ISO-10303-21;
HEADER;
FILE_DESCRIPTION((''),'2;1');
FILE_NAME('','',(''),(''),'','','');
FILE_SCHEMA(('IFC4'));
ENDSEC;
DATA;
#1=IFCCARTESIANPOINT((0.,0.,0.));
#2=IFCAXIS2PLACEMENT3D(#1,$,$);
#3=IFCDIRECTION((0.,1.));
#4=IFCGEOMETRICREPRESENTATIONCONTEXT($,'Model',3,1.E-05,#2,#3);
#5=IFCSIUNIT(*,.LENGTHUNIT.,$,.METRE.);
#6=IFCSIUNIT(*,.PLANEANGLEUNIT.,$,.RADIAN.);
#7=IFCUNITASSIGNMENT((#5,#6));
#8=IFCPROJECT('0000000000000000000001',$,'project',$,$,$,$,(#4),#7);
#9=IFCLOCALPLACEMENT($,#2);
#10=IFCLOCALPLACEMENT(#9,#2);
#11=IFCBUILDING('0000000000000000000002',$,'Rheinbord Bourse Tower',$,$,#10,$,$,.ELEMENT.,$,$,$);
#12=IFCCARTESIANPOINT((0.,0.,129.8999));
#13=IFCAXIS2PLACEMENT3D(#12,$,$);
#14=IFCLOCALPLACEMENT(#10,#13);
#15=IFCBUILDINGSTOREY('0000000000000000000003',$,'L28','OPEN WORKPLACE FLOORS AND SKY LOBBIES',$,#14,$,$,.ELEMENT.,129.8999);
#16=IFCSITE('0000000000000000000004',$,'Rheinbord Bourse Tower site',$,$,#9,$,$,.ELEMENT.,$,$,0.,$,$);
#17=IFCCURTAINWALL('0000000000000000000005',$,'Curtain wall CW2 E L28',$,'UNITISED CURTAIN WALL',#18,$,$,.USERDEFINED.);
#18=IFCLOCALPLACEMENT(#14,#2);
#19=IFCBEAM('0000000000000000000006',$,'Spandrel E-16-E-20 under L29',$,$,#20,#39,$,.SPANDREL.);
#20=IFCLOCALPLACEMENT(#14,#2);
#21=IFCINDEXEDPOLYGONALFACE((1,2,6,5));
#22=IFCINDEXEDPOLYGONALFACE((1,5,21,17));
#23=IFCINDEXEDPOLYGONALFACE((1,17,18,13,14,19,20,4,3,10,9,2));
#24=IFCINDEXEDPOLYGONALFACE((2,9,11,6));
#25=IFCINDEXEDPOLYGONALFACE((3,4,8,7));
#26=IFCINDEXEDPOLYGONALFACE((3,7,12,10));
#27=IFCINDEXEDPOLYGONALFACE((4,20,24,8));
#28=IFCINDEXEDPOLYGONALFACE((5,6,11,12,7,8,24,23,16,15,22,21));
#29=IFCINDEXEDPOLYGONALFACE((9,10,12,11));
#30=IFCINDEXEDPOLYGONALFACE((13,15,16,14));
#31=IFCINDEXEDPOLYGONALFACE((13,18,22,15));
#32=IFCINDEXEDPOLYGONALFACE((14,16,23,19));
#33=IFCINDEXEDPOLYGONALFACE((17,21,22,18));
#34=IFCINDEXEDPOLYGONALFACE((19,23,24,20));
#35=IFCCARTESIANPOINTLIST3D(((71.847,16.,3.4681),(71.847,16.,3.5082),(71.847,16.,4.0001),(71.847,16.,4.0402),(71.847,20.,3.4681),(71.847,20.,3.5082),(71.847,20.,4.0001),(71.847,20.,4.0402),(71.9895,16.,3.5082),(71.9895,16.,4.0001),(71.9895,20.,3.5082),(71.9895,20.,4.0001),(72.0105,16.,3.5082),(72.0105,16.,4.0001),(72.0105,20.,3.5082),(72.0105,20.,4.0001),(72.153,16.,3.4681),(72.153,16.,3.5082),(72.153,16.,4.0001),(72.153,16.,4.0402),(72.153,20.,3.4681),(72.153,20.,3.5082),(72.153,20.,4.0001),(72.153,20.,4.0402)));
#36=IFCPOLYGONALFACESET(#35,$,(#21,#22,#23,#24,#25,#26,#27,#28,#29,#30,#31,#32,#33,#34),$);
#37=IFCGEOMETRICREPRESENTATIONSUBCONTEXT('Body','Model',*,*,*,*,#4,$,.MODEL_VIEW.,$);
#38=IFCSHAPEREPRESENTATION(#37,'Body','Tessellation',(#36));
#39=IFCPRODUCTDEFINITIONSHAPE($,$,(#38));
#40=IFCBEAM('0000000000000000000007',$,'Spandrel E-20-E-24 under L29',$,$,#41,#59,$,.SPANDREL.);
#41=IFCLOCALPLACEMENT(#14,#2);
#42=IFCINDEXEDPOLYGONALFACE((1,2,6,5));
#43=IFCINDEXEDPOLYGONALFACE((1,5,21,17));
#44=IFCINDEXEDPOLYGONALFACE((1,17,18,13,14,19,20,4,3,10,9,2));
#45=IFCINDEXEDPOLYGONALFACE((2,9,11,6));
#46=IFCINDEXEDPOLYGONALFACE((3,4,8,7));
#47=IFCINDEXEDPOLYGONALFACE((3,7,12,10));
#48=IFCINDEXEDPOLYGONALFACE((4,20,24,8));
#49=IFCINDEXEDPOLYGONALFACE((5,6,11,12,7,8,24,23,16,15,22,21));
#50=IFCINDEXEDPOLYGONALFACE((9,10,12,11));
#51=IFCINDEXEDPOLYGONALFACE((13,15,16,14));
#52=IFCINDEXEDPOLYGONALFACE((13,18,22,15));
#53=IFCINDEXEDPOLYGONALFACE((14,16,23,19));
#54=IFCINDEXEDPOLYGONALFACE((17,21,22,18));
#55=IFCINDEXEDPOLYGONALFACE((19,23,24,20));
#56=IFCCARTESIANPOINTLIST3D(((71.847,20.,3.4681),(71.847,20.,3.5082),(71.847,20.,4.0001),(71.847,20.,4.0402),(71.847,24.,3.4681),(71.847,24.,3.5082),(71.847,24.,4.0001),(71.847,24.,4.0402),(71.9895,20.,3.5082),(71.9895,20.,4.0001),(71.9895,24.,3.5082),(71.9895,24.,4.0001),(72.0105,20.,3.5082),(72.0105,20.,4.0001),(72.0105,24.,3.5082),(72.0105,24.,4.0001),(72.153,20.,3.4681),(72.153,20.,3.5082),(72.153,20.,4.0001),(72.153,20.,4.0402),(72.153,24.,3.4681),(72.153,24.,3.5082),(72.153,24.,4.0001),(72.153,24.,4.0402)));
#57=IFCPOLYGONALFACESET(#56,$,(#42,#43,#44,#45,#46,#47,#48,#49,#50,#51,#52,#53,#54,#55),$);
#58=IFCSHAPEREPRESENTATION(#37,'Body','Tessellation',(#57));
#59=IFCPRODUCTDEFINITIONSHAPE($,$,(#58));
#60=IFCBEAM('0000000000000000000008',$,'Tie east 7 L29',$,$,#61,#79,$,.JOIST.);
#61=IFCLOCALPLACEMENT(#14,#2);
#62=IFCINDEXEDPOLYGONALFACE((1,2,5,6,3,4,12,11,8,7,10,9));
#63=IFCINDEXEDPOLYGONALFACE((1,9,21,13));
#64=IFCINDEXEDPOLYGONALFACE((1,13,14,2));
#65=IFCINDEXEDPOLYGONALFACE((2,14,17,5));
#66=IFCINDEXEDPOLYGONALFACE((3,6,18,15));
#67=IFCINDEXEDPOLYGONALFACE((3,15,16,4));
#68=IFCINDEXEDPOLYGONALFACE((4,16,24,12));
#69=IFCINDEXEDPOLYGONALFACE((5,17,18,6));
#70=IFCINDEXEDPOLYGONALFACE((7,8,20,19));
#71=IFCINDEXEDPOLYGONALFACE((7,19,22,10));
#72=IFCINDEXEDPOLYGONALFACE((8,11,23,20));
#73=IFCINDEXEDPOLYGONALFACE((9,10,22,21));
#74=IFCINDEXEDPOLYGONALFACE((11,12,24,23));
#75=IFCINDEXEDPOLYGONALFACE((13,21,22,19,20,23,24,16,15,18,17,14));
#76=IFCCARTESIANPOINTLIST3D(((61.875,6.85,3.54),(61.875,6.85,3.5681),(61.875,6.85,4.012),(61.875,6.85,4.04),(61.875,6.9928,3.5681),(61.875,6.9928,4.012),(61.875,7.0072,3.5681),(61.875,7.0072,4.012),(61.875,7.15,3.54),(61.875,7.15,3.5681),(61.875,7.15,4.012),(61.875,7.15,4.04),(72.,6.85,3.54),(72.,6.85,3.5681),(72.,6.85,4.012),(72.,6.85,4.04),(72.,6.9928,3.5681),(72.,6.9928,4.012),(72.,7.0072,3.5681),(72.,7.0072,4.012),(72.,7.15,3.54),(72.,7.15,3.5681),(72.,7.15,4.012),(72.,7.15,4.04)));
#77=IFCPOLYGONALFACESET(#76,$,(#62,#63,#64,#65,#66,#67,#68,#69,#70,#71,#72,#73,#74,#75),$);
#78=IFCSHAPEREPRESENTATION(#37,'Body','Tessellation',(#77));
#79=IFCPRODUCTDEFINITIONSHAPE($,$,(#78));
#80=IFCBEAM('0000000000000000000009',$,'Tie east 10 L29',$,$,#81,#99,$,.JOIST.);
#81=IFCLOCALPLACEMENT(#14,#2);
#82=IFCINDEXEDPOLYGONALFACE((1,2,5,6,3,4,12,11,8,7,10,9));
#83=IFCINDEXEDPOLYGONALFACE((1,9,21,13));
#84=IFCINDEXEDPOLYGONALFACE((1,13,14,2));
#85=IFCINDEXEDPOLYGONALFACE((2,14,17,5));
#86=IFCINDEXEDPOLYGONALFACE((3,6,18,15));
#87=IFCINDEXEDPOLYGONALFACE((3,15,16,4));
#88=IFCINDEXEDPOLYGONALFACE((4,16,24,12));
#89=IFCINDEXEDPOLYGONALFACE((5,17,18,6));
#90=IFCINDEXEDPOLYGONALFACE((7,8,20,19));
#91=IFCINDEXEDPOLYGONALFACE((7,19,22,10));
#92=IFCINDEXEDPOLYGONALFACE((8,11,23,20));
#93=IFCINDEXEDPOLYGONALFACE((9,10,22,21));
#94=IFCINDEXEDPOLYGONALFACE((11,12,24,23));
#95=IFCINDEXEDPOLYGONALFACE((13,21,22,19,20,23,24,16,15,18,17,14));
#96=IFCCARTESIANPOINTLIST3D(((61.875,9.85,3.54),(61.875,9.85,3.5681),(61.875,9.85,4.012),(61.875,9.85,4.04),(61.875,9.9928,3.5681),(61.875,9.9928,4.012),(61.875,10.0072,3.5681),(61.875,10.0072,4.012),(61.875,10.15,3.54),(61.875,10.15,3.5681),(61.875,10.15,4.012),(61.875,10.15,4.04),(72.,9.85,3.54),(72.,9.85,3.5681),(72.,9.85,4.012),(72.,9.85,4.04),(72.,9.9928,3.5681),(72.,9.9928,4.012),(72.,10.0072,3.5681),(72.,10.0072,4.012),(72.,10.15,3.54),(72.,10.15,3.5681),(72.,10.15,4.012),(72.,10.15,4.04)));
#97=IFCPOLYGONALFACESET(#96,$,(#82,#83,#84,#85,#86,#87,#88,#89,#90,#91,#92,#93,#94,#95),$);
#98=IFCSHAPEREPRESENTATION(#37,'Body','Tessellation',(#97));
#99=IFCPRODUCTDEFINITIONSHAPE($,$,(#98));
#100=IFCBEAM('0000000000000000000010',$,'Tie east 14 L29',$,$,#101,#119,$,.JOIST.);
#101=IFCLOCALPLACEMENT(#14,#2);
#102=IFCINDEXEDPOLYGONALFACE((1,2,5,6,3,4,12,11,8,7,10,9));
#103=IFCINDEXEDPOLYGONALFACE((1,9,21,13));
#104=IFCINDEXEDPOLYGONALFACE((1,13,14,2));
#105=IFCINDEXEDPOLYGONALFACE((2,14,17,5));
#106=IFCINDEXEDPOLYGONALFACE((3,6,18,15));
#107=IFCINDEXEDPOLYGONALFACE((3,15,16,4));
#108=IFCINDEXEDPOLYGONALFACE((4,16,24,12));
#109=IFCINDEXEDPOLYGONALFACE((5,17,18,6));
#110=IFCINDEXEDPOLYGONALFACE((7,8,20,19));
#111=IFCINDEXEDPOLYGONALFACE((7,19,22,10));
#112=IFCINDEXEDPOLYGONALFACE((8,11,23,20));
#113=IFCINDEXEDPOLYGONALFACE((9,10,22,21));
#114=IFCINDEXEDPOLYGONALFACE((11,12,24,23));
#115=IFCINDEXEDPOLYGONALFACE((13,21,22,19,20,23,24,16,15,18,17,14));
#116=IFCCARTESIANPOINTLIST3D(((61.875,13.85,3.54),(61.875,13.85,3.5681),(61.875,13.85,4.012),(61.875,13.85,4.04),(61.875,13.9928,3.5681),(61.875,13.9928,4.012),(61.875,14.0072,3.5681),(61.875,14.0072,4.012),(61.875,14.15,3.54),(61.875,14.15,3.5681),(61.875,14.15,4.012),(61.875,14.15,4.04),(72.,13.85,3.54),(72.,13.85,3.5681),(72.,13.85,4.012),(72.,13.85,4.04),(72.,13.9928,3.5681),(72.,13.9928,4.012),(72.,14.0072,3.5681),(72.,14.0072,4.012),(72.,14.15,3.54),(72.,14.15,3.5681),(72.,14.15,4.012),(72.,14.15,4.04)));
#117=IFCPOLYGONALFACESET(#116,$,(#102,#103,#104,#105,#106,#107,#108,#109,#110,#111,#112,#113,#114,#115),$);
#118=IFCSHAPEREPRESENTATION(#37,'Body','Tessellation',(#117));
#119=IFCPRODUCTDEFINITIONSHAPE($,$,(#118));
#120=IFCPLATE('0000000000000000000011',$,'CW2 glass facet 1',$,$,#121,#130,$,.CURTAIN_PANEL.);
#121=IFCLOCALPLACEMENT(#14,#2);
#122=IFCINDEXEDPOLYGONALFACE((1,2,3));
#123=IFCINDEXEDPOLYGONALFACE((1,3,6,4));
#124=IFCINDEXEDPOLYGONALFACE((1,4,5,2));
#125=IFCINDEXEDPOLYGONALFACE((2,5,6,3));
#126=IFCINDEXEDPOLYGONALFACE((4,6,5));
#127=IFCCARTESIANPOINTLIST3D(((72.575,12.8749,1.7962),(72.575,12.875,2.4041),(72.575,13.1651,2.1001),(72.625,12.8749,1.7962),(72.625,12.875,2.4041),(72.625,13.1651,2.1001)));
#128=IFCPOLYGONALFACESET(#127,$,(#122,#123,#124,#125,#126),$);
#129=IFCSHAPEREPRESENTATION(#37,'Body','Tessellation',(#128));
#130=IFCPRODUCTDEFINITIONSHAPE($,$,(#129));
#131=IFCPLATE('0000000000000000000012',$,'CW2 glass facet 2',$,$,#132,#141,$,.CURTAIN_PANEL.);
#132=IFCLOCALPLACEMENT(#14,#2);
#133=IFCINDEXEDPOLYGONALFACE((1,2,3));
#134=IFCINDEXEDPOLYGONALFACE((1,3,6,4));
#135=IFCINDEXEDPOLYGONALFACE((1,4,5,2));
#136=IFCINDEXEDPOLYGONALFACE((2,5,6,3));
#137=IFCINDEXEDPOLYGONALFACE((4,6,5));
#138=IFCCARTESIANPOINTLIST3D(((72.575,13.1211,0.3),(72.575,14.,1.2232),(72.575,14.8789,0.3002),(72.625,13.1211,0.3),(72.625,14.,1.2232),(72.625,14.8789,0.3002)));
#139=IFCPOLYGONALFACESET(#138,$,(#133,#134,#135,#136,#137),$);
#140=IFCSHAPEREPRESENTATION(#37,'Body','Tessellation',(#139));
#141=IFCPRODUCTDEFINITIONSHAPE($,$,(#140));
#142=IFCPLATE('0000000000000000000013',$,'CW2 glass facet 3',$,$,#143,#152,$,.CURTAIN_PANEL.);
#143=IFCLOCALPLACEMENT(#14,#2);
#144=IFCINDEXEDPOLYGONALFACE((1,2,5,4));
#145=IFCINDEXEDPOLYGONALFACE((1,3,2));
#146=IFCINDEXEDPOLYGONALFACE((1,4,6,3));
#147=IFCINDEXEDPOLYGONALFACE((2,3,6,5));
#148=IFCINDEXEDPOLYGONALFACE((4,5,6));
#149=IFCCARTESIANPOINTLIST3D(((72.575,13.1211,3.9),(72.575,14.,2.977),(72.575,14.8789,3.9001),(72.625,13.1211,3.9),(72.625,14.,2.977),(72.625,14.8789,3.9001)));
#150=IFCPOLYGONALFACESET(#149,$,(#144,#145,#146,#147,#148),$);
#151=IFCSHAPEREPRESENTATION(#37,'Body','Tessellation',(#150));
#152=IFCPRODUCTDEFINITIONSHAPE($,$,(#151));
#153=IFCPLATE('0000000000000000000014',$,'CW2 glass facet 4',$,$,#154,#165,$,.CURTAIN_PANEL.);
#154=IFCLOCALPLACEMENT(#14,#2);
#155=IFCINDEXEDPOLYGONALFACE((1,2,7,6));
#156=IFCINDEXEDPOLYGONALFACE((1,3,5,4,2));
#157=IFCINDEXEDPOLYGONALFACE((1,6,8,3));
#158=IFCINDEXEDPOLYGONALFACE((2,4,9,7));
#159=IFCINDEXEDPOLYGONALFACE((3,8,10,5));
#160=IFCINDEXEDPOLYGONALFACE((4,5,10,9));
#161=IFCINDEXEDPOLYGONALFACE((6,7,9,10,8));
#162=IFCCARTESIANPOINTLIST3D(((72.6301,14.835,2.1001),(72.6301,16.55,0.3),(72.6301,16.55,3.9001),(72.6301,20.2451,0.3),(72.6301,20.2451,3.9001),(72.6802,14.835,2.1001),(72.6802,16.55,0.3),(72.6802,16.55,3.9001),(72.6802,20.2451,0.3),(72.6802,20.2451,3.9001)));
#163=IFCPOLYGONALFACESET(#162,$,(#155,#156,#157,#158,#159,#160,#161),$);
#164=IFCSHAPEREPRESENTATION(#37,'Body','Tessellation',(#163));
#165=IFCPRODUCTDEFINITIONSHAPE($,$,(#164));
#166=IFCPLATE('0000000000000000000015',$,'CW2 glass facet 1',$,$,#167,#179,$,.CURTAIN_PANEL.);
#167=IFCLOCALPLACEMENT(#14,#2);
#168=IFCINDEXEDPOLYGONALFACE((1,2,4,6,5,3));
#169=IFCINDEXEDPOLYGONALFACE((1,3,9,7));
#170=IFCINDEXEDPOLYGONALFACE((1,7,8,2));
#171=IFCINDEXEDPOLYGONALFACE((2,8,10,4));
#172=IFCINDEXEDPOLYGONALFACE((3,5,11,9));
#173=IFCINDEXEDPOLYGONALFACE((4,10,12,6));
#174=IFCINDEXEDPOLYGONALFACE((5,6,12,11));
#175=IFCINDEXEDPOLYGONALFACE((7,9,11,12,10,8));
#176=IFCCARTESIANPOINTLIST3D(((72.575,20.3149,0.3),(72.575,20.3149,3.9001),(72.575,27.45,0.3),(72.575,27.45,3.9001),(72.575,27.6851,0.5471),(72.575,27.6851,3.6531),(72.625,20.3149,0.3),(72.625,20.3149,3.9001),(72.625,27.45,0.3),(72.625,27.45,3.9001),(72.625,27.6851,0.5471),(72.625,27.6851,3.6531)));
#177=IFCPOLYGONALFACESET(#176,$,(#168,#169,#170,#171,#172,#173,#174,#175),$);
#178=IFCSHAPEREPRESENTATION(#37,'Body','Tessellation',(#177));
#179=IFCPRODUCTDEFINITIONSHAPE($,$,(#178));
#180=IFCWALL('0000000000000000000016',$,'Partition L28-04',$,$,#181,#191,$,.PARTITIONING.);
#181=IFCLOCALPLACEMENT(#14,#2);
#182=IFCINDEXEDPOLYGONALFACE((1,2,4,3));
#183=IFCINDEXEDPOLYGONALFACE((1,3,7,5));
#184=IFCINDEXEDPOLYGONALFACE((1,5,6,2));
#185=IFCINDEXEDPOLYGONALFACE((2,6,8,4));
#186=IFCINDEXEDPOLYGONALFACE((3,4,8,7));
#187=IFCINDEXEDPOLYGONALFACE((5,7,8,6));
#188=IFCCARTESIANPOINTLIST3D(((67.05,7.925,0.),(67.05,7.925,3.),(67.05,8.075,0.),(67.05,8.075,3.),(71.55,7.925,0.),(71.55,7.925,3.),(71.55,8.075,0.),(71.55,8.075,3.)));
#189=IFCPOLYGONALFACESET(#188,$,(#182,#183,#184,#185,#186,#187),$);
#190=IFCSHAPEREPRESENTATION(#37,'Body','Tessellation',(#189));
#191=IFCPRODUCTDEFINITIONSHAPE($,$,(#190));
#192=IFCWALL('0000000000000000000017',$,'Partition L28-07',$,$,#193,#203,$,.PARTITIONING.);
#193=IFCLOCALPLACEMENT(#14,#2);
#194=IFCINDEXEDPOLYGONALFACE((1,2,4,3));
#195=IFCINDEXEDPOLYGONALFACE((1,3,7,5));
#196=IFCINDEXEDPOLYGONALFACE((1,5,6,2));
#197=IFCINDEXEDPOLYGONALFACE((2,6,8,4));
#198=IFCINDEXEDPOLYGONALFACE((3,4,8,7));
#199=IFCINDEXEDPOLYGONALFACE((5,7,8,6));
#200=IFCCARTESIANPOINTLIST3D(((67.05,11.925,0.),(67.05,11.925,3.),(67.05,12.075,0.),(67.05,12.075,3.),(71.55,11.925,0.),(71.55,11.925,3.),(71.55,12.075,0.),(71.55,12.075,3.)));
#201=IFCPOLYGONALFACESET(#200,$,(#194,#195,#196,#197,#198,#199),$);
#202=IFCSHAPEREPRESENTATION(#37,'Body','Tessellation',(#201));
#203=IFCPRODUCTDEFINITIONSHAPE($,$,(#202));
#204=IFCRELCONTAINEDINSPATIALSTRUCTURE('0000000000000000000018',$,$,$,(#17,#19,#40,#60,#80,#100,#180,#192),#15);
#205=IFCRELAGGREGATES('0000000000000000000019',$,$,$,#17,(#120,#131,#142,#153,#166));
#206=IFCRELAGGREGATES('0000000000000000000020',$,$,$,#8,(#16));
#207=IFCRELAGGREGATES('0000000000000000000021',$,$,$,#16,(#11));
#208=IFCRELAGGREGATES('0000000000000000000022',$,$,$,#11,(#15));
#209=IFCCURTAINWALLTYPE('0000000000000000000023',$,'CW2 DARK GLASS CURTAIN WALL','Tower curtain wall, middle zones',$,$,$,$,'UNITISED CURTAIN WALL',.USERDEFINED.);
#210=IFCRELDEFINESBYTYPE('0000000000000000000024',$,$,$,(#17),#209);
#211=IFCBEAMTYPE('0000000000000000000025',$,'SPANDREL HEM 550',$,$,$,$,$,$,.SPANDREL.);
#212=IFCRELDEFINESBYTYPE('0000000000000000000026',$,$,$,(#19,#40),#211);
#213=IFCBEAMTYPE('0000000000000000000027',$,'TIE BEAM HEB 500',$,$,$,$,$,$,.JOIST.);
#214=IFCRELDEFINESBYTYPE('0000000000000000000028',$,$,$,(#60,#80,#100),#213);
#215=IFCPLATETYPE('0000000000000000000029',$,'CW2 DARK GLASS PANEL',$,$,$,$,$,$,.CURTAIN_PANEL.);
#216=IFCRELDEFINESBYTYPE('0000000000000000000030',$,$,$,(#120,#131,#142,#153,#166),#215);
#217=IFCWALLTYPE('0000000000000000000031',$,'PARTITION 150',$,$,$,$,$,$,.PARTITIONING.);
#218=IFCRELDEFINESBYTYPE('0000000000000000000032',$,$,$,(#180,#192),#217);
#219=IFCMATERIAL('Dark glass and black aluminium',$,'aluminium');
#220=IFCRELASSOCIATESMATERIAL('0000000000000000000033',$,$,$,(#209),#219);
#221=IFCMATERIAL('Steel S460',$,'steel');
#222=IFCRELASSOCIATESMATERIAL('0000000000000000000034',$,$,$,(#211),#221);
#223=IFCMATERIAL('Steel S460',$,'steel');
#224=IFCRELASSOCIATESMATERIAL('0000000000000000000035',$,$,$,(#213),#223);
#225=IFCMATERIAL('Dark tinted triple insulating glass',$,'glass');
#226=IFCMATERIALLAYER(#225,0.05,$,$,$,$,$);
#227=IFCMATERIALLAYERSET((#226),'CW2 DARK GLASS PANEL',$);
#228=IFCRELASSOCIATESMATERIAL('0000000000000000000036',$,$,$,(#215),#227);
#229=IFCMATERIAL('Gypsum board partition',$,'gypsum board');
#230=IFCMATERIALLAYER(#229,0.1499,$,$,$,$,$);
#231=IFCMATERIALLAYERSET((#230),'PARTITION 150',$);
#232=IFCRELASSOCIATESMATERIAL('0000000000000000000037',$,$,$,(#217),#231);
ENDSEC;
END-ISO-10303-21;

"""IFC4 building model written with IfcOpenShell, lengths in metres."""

from ifc_helpers import new_model, si_unit, direction, frame, frame_2d, origin, origin_2d, place, context, subcontext, project, spatial, polyline, rectangle, i_section, outline, extrude, material, layer, layer_set, material_profile, profile_set, type_object, element, aggregate, save


model = new_model("IFC4")

# Units and contexts
model_context = context("Model", 3, precision=1e-05, world=origin(), true_north=direction((0.0, 1.0)))
body_context = subcontext(model_context, "Body", "Model", "MODEL_VIEW")
ifc_project = project(units=[si_unit("LENGTHUNIT", "METRE"), si_unit("PLANEANGLEUNIT", "RADIAN")], contexts=[model_context])

# Site, building, storey
site_placement = place(None, origin())
site = spatial("IfcSite", under=ifc_project, at=site_placement, Name="Rheinbord Bourse Tower site", CompositionType="ELEMENT", RefElevation=0.0)
building_placement = place(site_placement, origin())
building = spatial("IfcBuilding", under=site, at=building_placement, Name="Rheinbord Bourse Tower", CompositionType="ELEMENT")
storey_placement = place(building_placement, frame((0.0, 0.0, 129.8999)))
storey = spatial("IfcBuildingStorey", under=building, at=storey_placement, Name="L28", Description="OPEN WORKPLACE FLOORS AND SKY LOBBIES", CompositionType="ELEMENT", Elevation=129.8999)

# Curtain wall
ifc_material_1 = material(Name="Dark glass and black aluminium", Category="aluminium")
curtain_wall_type = type_object("IfcCurtainWallType", Name="CW2 DARK GLASS CURTAIN WALL", Description="Tower curtain wall, middle zones", ElementType="UNITISED CURTAIN WALL", PredefinedType="USERDEFINED", material=ifc_material_1)
curtain_wall_placement = place(storey_placement, origin())
curtain_wall = element("IfcCurtainWall", 1, at=curtain_wall_placement, inside=storey, type_object=curtain_wall_type, Name="Curtain wall CW2 E L28", ObjectType="UNITISED CURTAIN WALL", PredefinedType="USERDEFINED")

# Beams
ifc_material_2 = material(Name="Steel S460", Category="steel")
ifc_material_profile_1 = material_profile(ifc_material_2, i_section(OverallWidth=0.3059, OverallDepth=0.572, WebThickness=0.021, FlangeThickness=0.04, at=origin_2d()), Name="HEM 550")
ifc_profile_set_1 = profile_set([ifc_material_profile_1], Name="Steel S460")
beam_type_1 = type_object("IfcBeamType", Name="SPANDREL HEM 550", PredefinedType="SPANDREL", material=ifc_profile_set_1)
for number, where, z_axis, x_axis, name in (
    (2, (72.0, 16.0, 3.7542), (0.0, 1.0, 0.0), (-1.0, 0.0, 0.0), "Spandrel E-16-E-20 under L29"),
    (3, (72.0, 20.0, 3.7542), (0.0, 1.0, 0.0), (-1.0, 0.0, 0.0), "Spandrel E-20-E-24 under L29"),
):
    element("IfcBeam", number, at=place(storey_placement, frame(where, z_axis=z_axis, x_axis=x_axis)), inside=storey, type_object=beam_type_1, Name=name, PredefinedType="SPANDREL", context=body_context, shape_type="SweptSolid", body=[
        extrude(i_section(OverallWidth=0.3059, OverallDepth=0.572, WebThickness=0.021, FlangeThickness=0.04, at=origin_2d()), origin(), (0.0, 0.0, 1.0), 4.0),
    ])
ifc_material_3 = material(Name="Steel S460", Category="steel")
ifc_material_profile_2 = material_profile(ifc_material_3, i_section(OverallWidth=0.3, OverallDepth=0.5, WebThickness=0.0144, FlangeThickness=0.0281, at=origin_2d()), Name="HEB 500")
ifc_profile_set_2 = profile_set([ifc_material_profile_2], Name="Steel S460")
beam_type_2 = type_object("IfcBeamType", Name="TIE BEAM HEB 500", PredefinedType="JOIST", material=ifc_profile_set_2)
for number, where, z_axis, x_axis, name in (
    (4, (61.875, 7.0, 3.79), (1.0, 0.0, 0.0), (0.0, 1.0, 0.0), "Tie east 7 L29"),
    (5, (61.875, 10.0, 3.79), (1.0, 0.0, 0.0), (0.0, 1.0, 0.0), "Tie east 10 L29"),
    (6, (61.875, 14.0, 3.79), (1.0, 0.0, 0.0), (0.0, 1.0, 0.0), "Tie east 14 L29"),
):
    element("IfcBeam", number, at=place(storey_placement, frame(where, z_axis=z_axis, x_axis=x_axis)), inside=storey, type_object=beam_type_2, Name=name, PredefinedType="JOIST", context=body_context, shape_type="SweptSolid", body=[
        extrude(i_section(OverallWidth=0.3, OverallDepth=0.5, WebThickness=0.0144, FlangeThickness=0.0281, at=origin_2d()), origin(), (0.0, 0.0, 1.0), 10.125),
    ])

# Plates
ifc_material_4 = material(Name="Dark tinted triple insulating glass", Category="glass")
ifc_layer_1 = layer(ifc_material_4, 0.05)
ifc_layer_set_1 = layer_set([ifc_layer_1], Name="CW2 DARK GLASS PANEL")
plate_type = type_object("IfcPlateType", Name="CW2 DARK GLASS PANEL", PredefinedType="CURTAIN_PANEL", material=ifc_layer_set_1)
plate_1_placement = place(storey_placement, frame((72.625, 12.875, 2.4041), z_axis=(-1.0, 0.0, 0.0), x_axis=(0.0, 0.690351, -0.723474)))
plate_1 = element("IfcPlate", 7, at=plate_1_placement, type_object=plate_type, Name="CW2 glass facet 1", PredefinedType="CURTAIN_PANEL", context=body_context, shape_type="SweptSolid", body=[
    extrude(outline(polyline([(0.0, 0.0), (0.4202, 0.0), (0.4397, 0.4197), (0.0, 0.0)])), origin(), (0.0, 0.0, 1.0), 0.05),
])
plate_2_placement = place(storey_placement, frame((72.625, 13.1211, 0.3), z_axis=(-1.0, 0.0, 0.0), x_axis=(0.0, 0.68956, 0.724229)))
plate_2 = element("IfcPlate", 8, at=plate_2_placement, type_object=plate_type, Name="CW2 glass facet 2", PredefinedType="CURTAIN_PANEL", context=body_context, shape_type="SweptSolid", body=[
    extrude(outline(polyline([(0.0, 0.0), (1.2747, 0.0), (1.2122, 1.2729), (0.0, 0.0)])), origin(), (0.0, 0.0, 1.0), 0.05),
])
plate_3_placement = place(storey_placement, frame((72.625, 14.8789, 3.9001), z_axis=(-1.0, 0.0, 0.0), x_axis=(0.0, -0.68956, -0.724229)))
plate_3 = element("IfcPlate", 9, at=plate_3_placement, type_object=plate_type, Name="CW2 glass facet 3", PredefinedType="CURTAIN_PANEL", context=body_context, shape_type="SweptSolid", body=[
    extrude(outline(polyline([(0.0, 0.0), (1.2747, 0.0), (1.2122, 1.2729), (0.0, 0.0)])), origin(), (0.0, 0.0, 1.0), 0.05),
])
plate_4_placement = place(storey_placement, frame((72.6802, 20.2451, 3.9001), z_axis=(-1.0, 0.0, 0.0), x_axis=(0.0, 0.0, -1.0)))
plate_4 = element("IfcPlate", 10, at=plate_4_placement, type_object=plate_type, Name="CW2 glass facet 4", PredefinedType="CURTAIN_PANEL", context=body_context, shape_type="SweptSolid", body=[
    extrude(outline(polyline([(0.0, 0.0), (3.6001, 0.0), (3.6001, 3.6951), (1.8, 5.4102), (0.0, 3.6951), (0.0, 0.0)])), origin(), (0.0, 0.0, 1.0), 0.05),
])
plate_5_placement = place(storey_placement, frame((72.625, 20.3149, 0.3), z_axis=(-1.0, 0.0, 0.0), x_axis=(0.0, 0.0, 1.0)))
plate_5 = element("IfcPlate", 11, at=plate_5_placement, type_object=plate_type, Name="CW2 glass facet 1", PredefinedType="CURTAIN_PANEL", context=body_context, shape_type="SweptSolid", body=[
    extrude(outline(polyline([(0.0, 0.0), (3.6001, 0.0), (3.6001, 7.135), (3.353, 7.3701), (0.2471, 7.3701), (0.0, 7.135), (0.0, 0.0)])), origin(), (0.0, 0.0, 1.0), 0.05),
])
aggregate(curtain_wall, [plate_1, plate_2, plate_3, plate_4, plate_5])

# Walls
ifc_material_5 = material(Name="Gypsum board partition", Category="gypsum board")
ifc_layer_2 = layer(ifc_material_5, 0.1499)
ifc_layer_set_2 = layer_set([ifc_layer_2], Name="PARTITION 150")
wall_type = type_object("IfcWallType", Name="PARTITION 150", PredefinedType="PARTITIONING", material=ifc_layer_set_2)
for number, where, z_axis, x_axis, name in (
    (12, (67.05, 8.0, 0.0), (0.0, 0.0, 1.0), (1.0, 0.0, 0.0), "Partition L28-04"),
    (13, (67.05, 12.0, 0.0), (0.0, 0.0, 1.0), (1.0, 0.0, 0.0), "Partition L28-07"),
):
    element("IfcWall", number, at=place(storey_placement, frame(where, z_axis=z_axis, x_axis=x_axis)), inside=storey, type_object=wall_type, Name=name, PredefinedType="PARTITIONING", context=body_context, shape_type="SweptSolid", body=[
        extrude(rectangle(XDim=4.5, YDim=0.1499, at=frame_2d((2.25, 0.0))), origin(), (0.0, 0.0, 1.0), 3.0),
    ])

save(model, "model.ifc")
